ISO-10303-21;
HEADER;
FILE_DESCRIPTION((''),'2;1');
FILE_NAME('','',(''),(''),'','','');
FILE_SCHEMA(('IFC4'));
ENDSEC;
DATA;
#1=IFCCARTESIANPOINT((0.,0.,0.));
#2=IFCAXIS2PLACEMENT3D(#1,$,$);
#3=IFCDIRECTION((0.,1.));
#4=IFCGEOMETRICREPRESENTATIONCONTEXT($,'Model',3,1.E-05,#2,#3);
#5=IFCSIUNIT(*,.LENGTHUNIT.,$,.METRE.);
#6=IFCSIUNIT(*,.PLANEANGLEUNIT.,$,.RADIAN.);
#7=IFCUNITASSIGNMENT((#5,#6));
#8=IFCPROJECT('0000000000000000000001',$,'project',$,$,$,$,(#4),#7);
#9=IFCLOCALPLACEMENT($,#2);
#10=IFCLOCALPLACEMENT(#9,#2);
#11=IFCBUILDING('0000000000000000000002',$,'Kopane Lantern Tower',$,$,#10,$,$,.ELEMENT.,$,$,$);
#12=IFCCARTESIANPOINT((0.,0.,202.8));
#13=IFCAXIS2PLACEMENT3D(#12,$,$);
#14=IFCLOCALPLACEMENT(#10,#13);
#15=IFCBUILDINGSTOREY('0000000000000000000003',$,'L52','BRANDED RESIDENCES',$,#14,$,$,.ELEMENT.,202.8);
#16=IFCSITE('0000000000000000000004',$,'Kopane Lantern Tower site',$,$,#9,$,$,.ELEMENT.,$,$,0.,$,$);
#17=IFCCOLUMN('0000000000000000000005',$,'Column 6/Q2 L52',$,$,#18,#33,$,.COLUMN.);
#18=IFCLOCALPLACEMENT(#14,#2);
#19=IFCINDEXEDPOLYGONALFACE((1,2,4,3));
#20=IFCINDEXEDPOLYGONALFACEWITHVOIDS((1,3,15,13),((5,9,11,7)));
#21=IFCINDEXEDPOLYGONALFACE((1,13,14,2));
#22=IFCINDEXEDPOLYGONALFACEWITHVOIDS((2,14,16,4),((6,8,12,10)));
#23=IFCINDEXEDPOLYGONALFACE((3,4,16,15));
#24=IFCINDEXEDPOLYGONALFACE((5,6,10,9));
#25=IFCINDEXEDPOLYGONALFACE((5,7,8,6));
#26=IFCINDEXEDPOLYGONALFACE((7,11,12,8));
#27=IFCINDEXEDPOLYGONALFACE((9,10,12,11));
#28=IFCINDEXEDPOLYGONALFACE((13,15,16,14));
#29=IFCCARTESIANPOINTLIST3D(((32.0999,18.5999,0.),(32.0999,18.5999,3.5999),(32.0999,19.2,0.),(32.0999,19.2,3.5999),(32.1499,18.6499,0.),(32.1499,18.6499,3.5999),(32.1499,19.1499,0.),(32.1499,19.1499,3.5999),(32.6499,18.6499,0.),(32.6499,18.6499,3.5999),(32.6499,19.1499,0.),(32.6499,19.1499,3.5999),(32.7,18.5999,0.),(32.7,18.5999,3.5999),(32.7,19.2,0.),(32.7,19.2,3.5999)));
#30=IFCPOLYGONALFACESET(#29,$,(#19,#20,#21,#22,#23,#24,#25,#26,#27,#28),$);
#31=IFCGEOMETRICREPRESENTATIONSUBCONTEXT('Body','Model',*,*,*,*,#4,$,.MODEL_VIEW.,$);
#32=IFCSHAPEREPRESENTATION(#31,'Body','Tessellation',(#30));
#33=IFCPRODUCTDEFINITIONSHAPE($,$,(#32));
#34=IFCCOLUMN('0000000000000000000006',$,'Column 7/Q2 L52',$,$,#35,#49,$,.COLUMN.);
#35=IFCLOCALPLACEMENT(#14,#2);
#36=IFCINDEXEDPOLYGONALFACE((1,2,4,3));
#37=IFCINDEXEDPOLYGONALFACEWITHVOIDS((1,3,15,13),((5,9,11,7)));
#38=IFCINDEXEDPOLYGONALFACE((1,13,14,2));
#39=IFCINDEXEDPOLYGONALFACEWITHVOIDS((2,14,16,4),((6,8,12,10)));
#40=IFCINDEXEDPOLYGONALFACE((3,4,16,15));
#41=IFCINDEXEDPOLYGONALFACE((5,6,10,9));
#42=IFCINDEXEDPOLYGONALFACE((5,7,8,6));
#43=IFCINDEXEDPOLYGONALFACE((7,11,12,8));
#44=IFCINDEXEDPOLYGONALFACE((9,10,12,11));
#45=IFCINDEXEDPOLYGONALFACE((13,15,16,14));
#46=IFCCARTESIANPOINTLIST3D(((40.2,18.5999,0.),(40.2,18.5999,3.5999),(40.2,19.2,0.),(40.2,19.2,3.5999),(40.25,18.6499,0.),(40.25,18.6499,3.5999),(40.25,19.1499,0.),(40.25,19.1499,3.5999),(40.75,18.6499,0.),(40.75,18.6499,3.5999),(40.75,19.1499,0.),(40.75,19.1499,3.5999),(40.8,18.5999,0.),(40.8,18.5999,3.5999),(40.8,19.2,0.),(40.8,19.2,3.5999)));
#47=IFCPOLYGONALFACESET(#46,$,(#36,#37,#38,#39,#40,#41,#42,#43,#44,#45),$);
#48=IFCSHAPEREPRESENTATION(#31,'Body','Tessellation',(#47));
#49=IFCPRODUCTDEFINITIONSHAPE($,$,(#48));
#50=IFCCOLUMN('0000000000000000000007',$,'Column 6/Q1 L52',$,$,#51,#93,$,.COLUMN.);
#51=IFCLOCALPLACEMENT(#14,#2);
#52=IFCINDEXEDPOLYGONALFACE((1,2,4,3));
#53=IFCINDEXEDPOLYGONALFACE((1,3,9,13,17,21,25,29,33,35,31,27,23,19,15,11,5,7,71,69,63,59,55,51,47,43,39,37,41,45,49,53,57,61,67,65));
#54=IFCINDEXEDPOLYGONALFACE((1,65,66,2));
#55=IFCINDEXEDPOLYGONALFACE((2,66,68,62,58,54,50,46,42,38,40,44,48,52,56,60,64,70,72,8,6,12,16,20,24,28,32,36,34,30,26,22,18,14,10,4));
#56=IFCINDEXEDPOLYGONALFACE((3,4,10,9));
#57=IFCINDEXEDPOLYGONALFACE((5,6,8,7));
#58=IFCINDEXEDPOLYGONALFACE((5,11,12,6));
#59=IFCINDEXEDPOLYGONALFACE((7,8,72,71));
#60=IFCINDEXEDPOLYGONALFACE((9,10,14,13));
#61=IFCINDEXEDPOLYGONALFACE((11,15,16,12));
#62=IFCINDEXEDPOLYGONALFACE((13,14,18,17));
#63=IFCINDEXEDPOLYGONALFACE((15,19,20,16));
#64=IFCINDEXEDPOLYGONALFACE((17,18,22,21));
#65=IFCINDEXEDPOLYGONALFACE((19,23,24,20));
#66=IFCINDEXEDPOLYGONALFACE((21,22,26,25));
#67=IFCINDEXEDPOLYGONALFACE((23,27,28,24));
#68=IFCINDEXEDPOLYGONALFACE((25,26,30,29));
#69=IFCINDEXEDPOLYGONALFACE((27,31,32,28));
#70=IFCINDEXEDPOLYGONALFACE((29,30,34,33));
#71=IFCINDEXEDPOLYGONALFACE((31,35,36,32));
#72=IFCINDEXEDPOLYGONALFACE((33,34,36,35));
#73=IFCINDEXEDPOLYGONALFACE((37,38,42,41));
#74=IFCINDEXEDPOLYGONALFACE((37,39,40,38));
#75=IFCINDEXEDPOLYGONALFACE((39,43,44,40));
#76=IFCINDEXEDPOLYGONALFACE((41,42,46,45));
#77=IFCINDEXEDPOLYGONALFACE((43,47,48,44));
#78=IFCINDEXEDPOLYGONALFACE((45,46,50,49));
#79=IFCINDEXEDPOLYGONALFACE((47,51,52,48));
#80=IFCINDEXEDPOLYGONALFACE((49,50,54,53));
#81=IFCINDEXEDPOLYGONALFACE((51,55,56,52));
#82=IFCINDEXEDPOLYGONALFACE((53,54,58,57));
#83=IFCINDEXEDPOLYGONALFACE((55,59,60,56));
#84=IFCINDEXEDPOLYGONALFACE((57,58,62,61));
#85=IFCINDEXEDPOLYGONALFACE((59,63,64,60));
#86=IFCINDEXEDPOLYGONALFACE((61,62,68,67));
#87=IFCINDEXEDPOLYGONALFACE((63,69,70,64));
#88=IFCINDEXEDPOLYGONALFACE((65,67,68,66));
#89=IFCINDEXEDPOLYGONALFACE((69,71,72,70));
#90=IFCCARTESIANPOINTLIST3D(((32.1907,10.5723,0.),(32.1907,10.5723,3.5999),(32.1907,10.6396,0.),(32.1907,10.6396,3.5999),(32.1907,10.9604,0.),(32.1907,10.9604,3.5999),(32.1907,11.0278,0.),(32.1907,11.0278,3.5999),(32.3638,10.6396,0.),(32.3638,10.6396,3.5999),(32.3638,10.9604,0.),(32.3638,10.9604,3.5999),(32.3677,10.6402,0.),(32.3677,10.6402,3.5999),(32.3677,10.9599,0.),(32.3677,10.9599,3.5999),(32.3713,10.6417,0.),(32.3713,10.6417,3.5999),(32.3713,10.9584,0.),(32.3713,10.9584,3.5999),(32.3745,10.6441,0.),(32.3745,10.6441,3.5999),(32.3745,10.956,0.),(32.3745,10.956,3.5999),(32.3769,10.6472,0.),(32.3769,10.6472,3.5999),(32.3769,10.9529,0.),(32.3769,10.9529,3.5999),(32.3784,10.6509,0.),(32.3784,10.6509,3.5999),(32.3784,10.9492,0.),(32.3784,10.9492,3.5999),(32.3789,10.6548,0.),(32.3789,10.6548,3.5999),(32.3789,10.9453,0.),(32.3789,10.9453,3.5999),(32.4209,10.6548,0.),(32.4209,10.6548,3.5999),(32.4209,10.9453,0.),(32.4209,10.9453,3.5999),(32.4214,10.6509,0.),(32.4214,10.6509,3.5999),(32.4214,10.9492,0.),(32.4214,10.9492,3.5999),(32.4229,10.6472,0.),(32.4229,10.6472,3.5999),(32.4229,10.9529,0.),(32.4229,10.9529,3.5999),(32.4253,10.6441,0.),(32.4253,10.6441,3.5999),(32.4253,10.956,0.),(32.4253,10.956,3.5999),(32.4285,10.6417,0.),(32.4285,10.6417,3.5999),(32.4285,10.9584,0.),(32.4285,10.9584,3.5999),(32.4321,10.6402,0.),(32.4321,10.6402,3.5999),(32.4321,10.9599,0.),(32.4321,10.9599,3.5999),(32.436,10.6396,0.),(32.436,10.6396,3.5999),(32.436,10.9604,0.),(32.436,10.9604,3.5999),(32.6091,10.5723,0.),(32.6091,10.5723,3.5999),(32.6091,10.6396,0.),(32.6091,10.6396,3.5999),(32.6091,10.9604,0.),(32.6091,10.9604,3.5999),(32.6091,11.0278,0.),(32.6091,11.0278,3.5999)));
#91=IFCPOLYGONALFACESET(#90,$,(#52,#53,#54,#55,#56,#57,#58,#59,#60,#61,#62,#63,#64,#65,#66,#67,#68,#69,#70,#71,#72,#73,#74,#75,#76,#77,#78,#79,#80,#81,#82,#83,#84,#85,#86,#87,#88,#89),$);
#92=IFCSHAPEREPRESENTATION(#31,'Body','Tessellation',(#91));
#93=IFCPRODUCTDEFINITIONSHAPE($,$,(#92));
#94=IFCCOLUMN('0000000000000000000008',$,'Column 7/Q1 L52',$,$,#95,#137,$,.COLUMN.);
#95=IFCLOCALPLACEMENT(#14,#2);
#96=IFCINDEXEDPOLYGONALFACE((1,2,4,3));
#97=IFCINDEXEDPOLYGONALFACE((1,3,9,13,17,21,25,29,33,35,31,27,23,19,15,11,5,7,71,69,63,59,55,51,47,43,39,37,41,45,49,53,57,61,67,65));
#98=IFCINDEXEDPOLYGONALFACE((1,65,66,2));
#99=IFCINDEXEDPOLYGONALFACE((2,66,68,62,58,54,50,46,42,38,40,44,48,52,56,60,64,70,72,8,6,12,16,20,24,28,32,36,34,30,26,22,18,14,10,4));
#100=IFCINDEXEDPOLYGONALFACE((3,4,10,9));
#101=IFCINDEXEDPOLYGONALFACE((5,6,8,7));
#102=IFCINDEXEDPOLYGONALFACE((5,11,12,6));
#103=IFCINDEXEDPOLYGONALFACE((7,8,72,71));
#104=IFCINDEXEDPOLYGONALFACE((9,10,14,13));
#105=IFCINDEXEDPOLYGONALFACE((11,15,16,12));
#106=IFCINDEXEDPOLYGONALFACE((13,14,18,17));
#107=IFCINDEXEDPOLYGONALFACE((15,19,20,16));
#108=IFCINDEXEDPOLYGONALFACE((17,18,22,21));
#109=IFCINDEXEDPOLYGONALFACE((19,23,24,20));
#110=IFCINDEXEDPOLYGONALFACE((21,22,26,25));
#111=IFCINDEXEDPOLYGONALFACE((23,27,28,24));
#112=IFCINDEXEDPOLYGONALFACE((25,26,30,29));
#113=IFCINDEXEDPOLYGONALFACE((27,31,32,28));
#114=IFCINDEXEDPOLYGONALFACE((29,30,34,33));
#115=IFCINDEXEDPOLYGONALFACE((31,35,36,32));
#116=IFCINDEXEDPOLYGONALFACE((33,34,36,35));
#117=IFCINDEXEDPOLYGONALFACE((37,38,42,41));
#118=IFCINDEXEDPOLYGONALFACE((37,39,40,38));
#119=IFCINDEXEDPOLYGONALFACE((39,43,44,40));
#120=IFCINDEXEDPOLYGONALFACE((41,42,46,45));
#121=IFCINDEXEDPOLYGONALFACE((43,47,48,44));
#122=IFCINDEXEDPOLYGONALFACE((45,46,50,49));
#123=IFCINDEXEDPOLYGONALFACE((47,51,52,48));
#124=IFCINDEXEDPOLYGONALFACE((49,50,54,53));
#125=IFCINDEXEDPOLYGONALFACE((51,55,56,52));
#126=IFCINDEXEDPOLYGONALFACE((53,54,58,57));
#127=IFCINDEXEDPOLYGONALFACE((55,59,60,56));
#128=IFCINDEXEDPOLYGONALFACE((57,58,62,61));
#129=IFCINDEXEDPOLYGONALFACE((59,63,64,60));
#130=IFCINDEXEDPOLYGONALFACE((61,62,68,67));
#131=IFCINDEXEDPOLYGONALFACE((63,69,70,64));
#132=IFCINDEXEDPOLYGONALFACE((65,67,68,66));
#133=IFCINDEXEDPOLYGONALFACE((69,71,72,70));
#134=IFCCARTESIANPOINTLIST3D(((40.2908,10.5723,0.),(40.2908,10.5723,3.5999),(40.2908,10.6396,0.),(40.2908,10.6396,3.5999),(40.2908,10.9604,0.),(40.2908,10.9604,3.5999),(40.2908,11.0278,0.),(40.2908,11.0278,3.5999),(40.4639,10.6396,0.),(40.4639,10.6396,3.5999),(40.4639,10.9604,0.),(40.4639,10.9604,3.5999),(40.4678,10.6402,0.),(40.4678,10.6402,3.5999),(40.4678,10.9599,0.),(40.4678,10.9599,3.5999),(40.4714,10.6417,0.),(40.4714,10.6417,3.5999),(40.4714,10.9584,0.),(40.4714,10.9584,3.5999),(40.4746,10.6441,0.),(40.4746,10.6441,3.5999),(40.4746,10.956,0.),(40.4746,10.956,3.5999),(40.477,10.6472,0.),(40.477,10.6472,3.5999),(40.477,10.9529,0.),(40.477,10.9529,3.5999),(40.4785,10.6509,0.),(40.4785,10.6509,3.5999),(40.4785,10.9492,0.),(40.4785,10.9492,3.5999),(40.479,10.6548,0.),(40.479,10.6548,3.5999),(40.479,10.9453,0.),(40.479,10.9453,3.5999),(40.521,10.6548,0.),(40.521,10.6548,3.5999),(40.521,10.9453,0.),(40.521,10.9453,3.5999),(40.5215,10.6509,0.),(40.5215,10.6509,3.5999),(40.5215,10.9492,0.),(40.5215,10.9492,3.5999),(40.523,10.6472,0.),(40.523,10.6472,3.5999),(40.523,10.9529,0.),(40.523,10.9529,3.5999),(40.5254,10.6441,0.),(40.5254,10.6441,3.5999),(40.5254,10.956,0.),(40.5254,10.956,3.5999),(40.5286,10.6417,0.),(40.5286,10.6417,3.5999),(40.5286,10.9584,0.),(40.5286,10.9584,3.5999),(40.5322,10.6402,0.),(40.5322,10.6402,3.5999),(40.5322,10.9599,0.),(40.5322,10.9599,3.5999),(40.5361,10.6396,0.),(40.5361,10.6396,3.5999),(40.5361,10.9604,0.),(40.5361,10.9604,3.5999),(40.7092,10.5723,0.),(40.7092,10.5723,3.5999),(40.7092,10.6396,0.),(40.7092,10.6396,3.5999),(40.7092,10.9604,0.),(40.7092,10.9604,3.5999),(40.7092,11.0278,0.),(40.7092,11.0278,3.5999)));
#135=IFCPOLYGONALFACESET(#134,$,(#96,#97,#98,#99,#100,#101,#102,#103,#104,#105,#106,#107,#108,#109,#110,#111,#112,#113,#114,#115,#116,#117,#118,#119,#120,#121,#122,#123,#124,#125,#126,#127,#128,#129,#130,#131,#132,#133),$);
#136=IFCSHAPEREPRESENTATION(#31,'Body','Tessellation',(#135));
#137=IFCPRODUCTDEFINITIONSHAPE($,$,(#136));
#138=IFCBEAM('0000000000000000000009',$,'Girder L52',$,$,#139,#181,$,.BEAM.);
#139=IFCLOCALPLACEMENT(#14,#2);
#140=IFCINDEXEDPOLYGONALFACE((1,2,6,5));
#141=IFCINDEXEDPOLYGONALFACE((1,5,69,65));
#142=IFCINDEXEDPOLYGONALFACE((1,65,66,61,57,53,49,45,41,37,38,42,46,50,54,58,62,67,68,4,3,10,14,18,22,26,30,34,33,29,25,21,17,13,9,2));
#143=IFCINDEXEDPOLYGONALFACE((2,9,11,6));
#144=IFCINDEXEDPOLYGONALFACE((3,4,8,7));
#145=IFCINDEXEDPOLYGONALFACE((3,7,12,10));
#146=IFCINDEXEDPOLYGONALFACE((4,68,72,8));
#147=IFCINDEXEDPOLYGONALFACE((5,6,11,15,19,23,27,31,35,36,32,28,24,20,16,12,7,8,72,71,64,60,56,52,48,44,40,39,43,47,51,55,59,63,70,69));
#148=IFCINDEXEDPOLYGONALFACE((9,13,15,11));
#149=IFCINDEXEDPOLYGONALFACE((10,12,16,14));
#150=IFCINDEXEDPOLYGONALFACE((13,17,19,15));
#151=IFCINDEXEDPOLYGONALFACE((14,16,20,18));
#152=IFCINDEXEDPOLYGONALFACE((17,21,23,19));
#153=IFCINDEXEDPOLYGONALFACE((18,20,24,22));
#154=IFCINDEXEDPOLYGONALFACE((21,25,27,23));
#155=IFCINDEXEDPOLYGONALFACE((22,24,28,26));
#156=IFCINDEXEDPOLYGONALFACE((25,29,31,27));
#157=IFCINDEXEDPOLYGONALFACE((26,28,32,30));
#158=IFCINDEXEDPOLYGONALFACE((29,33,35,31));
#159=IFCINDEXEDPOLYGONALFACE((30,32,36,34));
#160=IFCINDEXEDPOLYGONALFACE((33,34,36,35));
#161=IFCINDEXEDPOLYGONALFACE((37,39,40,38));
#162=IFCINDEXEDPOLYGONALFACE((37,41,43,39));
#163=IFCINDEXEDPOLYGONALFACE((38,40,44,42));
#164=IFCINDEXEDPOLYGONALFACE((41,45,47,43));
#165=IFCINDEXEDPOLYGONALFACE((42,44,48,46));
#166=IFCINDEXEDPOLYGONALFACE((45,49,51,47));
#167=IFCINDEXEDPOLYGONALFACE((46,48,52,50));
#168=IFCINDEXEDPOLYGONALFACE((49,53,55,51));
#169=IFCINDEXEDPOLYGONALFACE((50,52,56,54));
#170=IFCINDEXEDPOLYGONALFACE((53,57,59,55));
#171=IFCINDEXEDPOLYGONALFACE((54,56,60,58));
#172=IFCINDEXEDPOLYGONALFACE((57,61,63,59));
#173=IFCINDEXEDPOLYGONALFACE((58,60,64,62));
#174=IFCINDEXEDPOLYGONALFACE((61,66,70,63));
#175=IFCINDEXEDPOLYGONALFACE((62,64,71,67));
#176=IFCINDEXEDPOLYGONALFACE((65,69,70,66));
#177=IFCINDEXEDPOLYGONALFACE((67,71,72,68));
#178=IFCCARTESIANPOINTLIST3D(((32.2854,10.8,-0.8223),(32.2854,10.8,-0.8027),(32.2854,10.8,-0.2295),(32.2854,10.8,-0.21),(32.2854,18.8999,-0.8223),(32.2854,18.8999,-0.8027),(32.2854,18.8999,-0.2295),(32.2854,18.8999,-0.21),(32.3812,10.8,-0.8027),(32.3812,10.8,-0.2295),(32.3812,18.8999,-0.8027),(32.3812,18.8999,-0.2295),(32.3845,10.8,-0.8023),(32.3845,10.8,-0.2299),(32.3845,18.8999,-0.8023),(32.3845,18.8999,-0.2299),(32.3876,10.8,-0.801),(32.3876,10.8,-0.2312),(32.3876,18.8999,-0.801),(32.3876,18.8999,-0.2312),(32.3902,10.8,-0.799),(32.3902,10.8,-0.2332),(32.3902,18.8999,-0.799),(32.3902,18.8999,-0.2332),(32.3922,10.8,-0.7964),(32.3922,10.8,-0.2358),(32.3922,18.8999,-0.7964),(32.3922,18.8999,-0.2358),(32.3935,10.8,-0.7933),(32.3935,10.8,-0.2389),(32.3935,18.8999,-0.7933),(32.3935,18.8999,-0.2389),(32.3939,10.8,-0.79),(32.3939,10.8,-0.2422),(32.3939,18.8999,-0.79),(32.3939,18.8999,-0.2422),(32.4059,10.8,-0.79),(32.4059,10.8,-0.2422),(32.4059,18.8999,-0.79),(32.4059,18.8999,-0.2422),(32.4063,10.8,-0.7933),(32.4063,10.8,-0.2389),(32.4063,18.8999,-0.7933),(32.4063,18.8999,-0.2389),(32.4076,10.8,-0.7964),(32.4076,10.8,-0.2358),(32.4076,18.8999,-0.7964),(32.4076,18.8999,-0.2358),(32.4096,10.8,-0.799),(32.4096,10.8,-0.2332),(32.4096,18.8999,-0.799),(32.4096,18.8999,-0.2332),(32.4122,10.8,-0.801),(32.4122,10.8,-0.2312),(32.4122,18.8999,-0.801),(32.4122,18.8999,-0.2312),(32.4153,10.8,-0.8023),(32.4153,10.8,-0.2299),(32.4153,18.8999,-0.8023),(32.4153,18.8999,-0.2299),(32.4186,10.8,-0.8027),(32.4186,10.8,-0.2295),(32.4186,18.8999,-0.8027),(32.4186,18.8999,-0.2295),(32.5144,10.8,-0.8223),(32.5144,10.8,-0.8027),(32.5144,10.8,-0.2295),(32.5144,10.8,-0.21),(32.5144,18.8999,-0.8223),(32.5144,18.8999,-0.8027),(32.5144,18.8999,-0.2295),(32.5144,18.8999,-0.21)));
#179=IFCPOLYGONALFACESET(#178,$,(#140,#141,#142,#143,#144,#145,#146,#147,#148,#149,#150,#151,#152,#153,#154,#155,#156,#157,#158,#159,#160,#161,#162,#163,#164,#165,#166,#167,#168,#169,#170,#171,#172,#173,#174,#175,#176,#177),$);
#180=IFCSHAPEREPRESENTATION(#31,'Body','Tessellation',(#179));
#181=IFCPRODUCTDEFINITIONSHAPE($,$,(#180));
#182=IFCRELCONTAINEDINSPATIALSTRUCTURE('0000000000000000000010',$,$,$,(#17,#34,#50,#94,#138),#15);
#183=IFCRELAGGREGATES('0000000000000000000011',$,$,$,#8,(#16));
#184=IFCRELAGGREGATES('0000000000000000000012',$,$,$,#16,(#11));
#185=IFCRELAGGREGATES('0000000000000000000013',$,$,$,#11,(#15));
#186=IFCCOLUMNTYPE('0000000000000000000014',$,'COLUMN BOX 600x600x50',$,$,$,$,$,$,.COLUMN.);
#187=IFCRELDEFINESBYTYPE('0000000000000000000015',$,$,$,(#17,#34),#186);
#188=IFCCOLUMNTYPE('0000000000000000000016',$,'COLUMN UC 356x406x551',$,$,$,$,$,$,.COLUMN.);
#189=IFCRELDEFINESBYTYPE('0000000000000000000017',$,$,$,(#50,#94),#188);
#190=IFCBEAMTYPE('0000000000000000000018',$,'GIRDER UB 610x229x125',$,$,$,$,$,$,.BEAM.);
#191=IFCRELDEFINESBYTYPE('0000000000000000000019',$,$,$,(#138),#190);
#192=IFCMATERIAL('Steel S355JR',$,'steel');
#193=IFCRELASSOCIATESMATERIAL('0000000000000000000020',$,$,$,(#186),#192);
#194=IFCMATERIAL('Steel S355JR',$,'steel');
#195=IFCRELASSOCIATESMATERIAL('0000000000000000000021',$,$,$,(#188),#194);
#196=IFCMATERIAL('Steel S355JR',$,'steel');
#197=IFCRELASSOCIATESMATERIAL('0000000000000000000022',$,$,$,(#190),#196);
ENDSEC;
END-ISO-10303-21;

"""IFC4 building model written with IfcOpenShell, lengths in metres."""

from ifc_helpers import new_model, si_unit, direction, frame, origin, origin_2d, place, context, subcontext, project, spatial, hollow_rectangle, i_section, extrude, material, material_profile, profile_set, type_object, element, save


model = new_model("IFC4")

# Units and contexts
model_context = context("Model", 3, precision=1e-05, world=origin(), true_north=direction((0.0, 1.0)))
body_context = subcontext(model_context, "Body", "Model", "MODEL_VIEW")
ifc_project = project(units=[si_unit("LENGTHUNIT", "METRE"), si_unit("PLANEANGLEUNIT", "RADIAN")], contexts=[model_context])

# Site, building, storey
site_placement = place(None, origin())
site = spatial("IfcSite", under=ifc_project, at=site_placement, Name="Kopane Lantern Tower site", CompositionType="ELEMENT", RefElevation=0.0)
building_placement = place(site_placement, origin())
building = spatial("IfcBuilding", under=site, at=building_placement, Name="Kopane Lantern Tower", CompositionType="ELEMENT")
storey_placement = place(building_placement, frame((0.0, 0.0, 202.8)))
storey = spatial("IfcBuildingStorey", under=building, at=storey_placement, Name="L52", Description="BRANDED RESIDENCES", CompositionType="ELEMENT", Elevation=202.8)

# Columns
ifc_material_1 = material(Name="Steel S355JR", Category="steel")
ifc_material_profile_1 = material_profile(ifc_material_1, hollow_rectangle(XDim=0.6001, YDim=0.6001, WallThickness=0.05, at=origin_2d()), Name="BOX 600x600x50")
ifc_profile_set_1 = profile_set([ifc_material_profile_1], Name="Steel S355JR")
column_type_1 = type_object("IfcColumnType", Name="COLUMN BOX 600x600x50", PredefinedType="COLUMN", material=ifc_profile_set_1)
for number, where, z_axis, x_axis, name in (
    (1, (32.3999, 18.8999, 0.0), (0.0, 0.0, 1.0), (1.0, 0.0, 0.0), "Column 6/Q2 L52"),
    (2, (40.5, 18.8999, 0.0), (0.0, 0.0, 1.0), (1.0, 0.0, 0.0), "Column 7/Q2 L52"),
):
    element("IfcColumn", number, at=place(storey_placement, frame(where, z_axis=z_axis, x_axis=x_axis)), inside=storey, type_object=column_type_1, Name=name, PredefinedType="COLUMN", context=body_context, shape_type="SweptSolid", body=[
        extrude(hollow_rectangle(XDim=0.6001, YDim=0.6001, WallThickness=0.05, at=origin_2d()), origin(), (0.0, 0.0, 1.0), 3.5999),
    ])
ifc_material_2 = material(Name="Steel S355JR", Category="steel")
ifc_material_profile_2 = material_profile(ifc_material_2, i_section(OverallWidth=0.4185, OverallDepth=0.4556, WebThickness=0.042, FlangeThickness=0.0674, FilletRadius=0.0151, at=origin_2d()), Name="UC 356x406x551")
ifc_profile_set_2 = profile_set([ifc_material_profile_2], Name="Steel S355JR")
column_type_2 = type_object("IfcColumnType", Name="COLUMN UC 356x406x551", PredefinedType="COLUMN", material=ifc_profile_set_2)
for number, where, z_axis, x_axis, name in (
    (3, (32.3999, 10.8, 0.0), (0.0, 0.0, 1.0), (1.0, 0.0, 0.0), "Column 6/Q1 L52"),
    (4, (40.5, 10.8, 0.0), (0.0, 0.0, 1.0), (1.0, 0.0, 0.0), "Column 7/Q1 L52"),
):
    element("IfcColumn", number, at=place(storey_placement, frame(where, z_axis=z_axis, x_axis=x_axis)), inside=storey, type_object=column_type_2, Name=name, PredefinedType="COLUMN", context=body_context, shape_type="SweptSolid", body=[
        extrude(i_section(OverallWidth=0.4185, OverallDepth=0.4556, WebThickness=0.042, FlangeThickness=0.0674, FilletRadius=0.0151, at=origin_2d()), origin(), (0.0, 0.0, 1.0), 3.5999),
    ])

# Beam
ifc_material_3 = material(Name="Steel S355JR", Category="steel")
ifc_material_profile_3 = material_profile(ifc_material_3, i_section(OverallWidth=0.229, OverallDepth=0.6123, WebThickness=0.012, FlangeThickness=0.0195, FilletRadius=0.0127, at=origin_2d()), Name="UB 610x229x125")
ifc_profile_set_3 = profile_set([ifc_material_profile_3], Name="Steel S355JR")
beam_type = type_object("IfcBeamType", Name="GIRDER UB 610x229x125", PredefinedType="BEAM", material=ifc_profile_set_3)
beam_1_placement = place(storey_placement, frame((32.3999, 10.8, -0.5161), z_axis=(0.0, 1.0, 0.0), x_axis=(-1.0, 0.0, 0.0)))
element("IfcBeam", 5, at=beam_1_placement, inside=storey, type_object=beam_type, Name="Girder L52", PredefinedType="BEAM", context=body_context, shape_type="SweptSolid", body=[
    extrude(i_section(OverallWidth=0.229, OverallDepth=0.6123, WebThickness=0.012, FlangeThickness=0.0195, FilletRadius=0.0127, at=origin_2d()), origin(), (0.0, 0.0, 1.0), 8.0999),
])

save(model, "model.ifc")
